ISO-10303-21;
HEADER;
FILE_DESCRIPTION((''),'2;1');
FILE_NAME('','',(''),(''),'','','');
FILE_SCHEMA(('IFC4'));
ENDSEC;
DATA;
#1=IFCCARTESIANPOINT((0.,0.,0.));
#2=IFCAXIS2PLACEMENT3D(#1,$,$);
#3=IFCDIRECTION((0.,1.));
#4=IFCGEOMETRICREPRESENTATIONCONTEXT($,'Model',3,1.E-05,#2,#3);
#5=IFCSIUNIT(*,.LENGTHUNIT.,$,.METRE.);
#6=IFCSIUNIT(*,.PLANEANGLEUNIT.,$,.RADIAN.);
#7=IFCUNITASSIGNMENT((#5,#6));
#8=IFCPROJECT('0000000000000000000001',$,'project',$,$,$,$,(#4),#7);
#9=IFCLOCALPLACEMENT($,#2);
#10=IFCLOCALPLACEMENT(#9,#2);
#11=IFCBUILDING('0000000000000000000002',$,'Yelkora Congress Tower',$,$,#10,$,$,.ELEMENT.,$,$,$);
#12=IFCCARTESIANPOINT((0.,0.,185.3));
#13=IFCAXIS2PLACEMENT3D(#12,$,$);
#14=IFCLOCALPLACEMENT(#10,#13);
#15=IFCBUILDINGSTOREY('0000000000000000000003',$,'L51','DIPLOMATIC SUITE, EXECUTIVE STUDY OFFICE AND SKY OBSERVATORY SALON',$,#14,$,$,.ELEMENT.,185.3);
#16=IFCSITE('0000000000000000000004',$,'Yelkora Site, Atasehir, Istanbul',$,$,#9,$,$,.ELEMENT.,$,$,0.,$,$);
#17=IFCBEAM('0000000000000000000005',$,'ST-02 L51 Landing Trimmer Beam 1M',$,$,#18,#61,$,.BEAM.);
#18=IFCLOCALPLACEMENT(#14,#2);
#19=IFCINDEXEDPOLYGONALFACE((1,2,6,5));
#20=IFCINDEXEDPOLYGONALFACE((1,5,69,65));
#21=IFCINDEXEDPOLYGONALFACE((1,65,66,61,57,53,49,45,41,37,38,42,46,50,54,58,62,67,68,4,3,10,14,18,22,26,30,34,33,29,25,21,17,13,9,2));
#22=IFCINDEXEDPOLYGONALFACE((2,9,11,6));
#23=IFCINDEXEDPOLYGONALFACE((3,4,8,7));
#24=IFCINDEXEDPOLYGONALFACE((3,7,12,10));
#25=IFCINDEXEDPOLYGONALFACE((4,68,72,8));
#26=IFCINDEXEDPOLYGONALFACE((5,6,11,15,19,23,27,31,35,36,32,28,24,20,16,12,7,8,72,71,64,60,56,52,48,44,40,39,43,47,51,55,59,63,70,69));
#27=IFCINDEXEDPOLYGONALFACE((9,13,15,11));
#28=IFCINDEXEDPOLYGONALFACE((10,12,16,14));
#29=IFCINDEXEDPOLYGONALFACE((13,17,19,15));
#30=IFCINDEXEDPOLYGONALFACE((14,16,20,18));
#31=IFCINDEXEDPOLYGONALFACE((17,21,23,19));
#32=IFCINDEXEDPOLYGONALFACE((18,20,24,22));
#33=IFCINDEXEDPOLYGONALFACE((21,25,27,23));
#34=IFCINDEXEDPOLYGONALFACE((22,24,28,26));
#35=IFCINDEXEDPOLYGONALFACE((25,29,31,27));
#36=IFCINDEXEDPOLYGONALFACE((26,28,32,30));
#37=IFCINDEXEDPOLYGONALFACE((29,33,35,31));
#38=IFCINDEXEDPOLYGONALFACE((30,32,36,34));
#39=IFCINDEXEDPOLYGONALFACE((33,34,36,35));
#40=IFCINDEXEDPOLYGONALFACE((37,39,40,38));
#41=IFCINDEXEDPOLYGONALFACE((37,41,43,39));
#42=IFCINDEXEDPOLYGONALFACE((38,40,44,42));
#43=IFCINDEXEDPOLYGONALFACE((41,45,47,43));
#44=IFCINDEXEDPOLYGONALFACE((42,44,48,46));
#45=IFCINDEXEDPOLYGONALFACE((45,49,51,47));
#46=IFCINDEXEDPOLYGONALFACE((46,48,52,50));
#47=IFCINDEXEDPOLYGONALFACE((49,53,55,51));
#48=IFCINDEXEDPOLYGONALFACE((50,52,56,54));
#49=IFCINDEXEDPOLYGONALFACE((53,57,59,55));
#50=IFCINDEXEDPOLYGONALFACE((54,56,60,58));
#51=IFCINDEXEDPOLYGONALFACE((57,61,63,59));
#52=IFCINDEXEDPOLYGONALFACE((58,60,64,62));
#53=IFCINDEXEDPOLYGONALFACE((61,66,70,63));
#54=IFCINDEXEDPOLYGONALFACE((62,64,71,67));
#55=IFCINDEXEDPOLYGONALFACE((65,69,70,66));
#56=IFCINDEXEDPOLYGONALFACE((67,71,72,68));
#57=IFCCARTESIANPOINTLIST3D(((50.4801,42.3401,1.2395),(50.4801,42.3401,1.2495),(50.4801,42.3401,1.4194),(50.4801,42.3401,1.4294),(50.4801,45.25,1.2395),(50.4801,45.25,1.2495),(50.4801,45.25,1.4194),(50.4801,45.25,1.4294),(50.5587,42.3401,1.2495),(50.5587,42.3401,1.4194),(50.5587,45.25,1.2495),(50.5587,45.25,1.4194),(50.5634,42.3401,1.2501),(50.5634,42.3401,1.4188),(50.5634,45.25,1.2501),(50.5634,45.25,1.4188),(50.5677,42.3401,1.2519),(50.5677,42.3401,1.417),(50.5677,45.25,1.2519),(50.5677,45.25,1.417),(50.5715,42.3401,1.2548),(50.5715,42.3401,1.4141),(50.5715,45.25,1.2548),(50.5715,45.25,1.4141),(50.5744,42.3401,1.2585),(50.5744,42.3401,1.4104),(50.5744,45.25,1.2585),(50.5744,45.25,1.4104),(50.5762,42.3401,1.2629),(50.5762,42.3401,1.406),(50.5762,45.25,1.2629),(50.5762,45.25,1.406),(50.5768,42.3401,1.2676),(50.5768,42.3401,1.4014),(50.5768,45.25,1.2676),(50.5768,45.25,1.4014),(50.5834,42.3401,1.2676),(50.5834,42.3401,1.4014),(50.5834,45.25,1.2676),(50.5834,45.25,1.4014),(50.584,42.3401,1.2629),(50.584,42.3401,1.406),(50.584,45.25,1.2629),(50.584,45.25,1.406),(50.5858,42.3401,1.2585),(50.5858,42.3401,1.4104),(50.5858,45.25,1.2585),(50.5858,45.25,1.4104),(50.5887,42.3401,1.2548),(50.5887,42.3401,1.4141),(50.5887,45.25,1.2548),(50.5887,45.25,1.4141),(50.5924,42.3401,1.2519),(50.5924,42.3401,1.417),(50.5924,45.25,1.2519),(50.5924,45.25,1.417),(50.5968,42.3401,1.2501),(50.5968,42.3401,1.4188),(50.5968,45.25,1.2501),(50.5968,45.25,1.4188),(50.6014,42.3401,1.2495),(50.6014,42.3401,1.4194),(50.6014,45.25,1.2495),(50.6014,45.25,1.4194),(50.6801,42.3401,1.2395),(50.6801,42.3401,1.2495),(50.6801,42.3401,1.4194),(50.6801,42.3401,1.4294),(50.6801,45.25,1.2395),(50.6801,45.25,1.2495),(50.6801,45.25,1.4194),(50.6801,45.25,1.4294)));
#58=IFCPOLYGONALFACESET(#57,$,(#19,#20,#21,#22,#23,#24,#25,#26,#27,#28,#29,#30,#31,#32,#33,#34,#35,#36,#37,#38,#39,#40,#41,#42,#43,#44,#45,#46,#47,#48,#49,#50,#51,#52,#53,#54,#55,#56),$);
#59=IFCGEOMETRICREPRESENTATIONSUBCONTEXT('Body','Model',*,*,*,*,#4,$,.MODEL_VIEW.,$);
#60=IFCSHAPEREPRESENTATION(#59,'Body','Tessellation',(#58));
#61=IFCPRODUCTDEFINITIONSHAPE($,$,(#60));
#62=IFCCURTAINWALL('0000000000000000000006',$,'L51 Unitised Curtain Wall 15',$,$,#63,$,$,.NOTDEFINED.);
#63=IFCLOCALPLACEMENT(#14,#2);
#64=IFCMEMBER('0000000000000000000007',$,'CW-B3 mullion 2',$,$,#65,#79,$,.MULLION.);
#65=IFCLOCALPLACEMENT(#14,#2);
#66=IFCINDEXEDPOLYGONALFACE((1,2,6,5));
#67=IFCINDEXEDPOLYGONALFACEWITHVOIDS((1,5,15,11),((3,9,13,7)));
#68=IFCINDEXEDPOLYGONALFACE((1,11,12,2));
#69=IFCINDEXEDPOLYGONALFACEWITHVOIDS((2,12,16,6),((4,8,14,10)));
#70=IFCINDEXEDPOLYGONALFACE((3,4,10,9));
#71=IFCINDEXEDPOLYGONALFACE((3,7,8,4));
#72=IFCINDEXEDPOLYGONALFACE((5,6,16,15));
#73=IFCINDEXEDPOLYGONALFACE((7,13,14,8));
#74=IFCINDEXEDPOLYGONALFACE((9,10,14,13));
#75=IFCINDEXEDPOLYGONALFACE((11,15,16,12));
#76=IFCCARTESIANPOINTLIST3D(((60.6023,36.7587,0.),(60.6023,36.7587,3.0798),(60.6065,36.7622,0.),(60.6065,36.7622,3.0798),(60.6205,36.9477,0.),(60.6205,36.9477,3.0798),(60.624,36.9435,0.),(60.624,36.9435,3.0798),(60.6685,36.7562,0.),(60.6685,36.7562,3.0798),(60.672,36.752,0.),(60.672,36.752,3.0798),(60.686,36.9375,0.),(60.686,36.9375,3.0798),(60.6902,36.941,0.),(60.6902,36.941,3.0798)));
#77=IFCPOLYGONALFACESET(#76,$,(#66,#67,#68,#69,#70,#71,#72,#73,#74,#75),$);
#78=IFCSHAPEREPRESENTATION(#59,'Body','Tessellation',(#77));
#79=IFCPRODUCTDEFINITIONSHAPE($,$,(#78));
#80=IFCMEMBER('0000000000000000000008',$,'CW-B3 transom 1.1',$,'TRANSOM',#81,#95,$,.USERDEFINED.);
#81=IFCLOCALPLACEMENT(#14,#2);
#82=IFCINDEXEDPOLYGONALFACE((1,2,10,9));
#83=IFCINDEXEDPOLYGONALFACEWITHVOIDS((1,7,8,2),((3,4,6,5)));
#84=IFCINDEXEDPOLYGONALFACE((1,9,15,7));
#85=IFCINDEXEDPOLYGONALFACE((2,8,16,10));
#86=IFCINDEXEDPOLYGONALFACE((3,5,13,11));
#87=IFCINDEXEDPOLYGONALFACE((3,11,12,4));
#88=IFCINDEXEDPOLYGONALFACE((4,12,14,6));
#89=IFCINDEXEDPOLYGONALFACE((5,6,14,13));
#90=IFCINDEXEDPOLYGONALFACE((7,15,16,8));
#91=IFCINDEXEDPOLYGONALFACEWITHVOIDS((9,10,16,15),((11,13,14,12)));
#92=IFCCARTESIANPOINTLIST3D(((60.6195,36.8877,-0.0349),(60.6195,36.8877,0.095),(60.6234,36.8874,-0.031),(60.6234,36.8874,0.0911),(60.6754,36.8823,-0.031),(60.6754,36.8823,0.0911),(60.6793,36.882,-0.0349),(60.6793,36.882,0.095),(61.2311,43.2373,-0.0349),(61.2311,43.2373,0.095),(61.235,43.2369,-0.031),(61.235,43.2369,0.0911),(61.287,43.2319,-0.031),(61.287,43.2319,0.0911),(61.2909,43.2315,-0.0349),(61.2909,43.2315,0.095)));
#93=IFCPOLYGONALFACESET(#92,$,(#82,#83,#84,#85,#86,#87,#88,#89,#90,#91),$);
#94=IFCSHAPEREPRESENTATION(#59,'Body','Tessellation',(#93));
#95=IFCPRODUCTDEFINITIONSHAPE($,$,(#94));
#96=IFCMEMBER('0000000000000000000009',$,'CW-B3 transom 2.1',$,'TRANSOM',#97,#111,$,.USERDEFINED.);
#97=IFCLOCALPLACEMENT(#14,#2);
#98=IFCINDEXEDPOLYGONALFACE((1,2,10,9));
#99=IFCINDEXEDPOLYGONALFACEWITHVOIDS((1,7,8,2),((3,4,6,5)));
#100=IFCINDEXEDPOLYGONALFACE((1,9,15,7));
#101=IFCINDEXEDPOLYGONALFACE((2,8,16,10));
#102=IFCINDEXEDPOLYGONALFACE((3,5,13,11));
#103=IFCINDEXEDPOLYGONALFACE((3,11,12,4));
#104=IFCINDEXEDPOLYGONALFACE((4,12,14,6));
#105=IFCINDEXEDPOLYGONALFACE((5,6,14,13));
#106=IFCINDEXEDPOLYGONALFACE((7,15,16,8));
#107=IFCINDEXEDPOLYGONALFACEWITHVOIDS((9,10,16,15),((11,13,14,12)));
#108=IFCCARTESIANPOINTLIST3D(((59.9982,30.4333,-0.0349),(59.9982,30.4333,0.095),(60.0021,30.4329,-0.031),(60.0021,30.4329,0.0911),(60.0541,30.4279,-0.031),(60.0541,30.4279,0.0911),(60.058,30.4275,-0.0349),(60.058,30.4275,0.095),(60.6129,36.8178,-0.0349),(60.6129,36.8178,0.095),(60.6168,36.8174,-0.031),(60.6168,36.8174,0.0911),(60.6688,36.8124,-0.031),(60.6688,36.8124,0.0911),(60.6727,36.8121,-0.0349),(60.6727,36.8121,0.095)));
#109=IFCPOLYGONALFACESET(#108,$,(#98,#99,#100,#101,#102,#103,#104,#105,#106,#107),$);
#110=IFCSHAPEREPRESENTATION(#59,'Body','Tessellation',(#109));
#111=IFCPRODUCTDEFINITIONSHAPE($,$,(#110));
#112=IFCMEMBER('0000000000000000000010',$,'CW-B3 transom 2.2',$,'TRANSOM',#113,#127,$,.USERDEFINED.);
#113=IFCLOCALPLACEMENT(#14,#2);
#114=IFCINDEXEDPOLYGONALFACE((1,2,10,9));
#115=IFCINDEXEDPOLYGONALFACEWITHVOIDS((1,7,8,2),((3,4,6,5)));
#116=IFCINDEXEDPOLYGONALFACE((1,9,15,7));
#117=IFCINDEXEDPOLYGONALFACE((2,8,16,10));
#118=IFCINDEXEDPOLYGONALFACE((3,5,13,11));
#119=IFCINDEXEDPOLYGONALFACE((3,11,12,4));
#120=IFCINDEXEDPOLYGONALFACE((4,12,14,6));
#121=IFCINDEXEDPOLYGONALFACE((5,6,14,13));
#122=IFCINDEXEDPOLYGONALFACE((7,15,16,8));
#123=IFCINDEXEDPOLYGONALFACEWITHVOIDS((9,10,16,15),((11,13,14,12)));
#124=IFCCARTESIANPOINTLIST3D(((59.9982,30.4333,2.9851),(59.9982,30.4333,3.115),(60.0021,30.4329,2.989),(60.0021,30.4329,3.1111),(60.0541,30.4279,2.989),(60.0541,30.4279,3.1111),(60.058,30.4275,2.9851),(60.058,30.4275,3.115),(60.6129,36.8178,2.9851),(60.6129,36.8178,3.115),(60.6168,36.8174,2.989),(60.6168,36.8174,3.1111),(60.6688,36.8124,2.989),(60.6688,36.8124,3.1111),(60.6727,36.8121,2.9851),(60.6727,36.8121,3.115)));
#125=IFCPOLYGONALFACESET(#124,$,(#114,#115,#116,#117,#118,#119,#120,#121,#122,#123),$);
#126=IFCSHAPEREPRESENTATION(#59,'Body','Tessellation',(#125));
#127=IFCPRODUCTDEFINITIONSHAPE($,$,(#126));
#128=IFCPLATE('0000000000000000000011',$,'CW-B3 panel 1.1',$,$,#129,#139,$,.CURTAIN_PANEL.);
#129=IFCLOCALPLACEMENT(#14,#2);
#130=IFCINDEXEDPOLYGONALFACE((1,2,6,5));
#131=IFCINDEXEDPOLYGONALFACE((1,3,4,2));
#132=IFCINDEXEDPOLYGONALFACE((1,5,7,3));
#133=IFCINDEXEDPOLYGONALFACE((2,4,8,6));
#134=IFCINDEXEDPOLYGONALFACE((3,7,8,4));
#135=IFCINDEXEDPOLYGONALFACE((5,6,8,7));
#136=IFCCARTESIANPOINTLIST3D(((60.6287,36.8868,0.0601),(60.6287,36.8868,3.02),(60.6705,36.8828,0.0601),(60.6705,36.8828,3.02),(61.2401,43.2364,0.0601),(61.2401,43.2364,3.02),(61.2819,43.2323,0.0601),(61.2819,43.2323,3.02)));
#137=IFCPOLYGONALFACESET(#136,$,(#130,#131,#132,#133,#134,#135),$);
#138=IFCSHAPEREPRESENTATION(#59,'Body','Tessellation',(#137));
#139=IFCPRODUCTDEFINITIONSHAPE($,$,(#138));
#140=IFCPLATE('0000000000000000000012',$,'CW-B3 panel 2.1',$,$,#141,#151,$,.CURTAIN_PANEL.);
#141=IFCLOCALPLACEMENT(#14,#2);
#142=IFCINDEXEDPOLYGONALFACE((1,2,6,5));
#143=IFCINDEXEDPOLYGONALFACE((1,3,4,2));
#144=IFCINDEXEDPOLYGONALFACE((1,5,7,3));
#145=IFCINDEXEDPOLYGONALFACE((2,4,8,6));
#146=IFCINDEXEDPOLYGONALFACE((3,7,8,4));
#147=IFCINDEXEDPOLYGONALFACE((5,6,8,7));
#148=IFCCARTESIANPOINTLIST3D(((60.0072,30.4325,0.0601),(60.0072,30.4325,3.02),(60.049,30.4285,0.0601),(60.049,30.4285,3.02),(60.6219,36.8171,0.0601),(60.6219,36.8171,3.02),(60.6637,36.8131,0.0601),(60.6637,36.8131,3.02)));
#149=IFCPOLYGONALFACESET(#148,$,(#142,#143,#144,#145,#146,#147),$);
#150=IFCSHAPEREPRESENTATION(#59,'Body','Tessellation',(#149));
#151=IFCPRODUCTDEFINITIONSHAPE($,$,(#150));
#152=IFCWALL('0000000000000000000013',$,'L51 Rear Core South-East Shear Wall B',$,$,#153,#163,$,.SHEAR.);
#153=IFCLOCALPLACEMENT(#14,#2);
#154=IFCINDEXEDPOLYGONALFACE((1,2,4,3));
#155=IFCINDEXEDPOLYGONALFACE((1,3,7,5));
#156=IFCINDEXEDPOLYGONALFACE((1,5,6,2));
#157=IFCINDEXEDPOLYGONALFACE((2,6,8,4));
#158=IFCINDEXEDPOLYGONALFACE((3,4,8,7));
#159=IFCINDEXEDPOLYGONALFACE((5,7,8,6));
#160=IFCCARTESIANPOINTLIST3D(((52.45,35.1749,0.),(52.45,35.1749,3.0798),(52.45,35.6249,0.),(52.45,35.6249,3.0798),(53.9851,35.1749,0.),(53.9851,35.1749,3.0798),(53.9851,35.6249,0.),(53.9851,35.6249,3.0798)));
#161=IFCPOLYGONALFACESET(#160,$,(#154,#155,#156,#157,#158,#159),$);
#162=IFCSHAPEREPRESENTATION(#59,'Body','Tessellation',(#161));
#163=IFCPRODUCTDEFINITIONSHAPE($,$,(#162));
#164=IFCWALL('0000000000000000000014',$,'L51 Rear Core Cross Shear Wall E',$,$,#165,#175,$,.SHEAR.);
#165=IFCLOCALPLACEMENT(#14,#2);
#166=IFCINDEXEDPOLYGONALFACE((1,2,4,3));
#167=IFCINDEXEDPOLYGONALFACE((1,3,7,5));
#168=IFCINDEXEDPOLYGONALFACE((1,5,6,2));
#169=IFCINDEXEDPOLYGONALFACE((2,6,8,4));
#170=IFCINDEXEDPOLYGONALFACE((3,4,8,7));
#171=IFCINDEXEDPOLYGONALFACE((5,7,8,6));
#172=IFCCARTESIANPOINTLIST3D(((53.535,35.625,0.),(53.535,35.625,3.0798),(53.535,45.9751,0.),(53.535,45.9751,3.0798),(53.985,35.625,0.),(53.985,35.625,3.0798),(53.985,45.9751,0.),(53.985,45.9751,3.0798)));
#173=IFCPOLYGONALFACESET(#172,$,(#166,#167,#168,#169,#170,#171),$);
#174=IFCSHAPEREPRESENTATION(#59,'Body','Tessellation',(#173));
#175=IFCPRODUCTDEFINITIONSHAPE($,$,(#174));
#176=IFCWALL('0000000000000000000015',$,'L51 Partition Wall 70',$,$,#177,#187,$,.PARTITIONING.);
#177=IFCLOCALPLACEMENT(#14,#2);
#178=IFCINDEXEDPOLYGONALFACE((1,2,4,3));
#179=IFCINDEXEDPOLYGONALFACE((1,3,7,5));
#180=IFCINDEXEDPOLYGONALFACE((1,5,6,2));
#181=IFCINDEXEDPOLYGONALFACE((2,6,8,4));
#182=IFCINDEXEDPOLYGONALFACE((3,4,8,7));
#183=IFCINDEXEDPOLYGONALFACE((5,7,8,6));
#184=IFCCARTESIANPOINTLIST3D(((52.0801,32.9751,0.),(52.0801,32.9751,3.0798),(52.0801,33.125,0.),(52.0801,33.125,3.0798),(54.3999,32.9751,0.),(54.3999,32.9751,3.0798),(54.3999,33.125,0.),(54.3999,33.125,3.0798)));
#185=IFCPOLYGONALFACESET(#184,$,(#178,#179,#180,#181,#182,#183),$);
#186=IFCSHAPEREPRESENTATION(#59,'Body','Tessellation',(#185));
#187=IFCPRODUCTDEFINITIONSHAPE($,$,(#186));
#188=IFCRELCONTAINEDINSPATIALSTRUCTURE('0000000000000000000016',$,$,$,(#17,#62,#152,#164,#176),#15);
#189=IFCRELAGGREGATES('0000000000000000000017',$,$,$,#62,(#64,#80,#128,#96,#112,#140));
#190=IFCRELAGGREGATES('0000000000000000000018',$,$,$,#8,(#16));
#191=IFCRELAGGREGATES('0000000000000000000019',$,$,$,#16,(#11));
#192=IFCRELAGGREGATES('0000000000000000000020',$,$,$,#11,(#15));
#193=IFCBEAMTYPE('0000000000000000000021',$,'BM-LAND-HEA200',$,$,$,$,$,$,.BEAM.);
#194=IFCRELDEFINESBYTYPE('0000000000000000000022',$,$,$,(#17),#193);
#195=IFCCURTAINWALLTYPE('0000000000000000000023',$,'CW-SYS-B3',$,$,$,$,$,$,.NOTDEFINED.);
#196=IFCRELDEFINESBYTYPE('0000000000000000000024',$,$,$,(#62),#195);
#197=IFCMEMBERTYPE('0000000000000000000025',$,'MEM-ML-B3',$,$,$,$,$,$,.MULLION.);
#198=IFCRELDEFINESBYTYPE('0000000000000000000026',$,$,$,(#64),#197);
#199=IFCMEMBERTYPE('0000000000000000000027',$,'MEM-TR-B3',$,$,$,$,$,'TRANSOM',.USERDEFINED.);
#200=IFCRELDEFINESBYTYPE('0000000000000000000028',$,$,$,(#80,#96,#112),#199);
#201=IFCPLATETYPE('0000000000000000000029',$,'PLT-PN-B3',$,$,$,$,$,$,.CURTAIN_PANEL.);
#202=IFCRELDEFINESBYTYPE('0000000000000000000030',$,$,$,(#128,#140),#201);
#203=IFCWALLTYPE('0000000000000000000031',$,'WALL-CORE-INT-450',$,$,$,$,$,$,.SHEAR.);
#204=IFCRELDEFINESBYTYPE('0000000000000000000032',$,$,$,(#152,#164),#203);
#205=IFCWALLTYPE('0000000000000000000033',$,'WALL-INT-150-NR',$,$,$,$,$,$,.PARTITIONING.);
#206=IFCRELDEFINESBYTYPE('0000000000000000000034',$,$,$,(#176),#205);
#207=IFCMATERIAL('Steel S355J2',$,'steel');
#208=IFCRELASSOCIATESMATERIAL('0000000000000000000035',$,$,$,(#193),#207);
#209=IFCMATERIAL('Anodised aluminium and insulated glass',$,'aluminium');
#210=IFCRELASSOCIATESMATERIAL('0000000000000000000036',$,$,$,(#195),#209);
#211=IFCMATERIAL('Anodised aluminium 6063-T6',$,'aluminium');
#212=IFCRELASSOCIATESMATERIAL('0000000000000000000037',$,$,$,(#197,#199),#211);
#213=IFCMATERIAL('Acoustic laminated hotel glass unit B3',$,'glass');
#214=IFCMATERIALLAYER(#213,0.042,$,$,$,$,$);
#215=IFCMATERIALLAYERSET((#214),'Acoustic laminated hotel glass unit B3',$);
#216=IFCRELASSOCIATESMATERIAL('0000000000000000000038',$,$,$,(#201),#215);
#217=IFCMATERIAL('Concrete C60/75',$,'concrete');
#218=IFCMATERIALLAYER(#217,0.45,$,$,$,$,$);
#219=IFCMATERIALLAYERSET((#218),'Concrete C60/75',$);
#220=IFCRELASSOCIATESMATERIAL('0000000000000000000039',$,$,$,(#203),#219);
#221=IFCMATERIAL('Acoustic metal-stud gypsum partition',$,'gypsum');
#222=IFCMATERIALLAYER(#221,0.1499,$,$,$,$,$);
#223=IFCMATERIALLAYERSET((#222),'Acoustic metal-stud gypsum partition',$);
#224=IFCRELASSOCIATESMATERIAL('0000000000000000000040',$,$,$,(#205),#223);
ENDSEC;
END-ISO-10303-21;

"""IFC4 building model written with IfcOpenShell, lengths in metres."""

from ifc_helpers import new_model, si_unit, direction, frame, frame_2d, origin, origin_2d, place, context, subcontext, project, spatial, rectangle, hollow_rectangle, i_section, extrude, material, layer, layer_set, material_profile, profile_set, type_object, element, aggregate, save


model = new_model("IFC4")

# Units and contexts
model_context = context("Model", 3, precision=1e-05, world=origin(), true_north=direction((0.0, 1.0)))
body_context = subcontext(model_context, "Body", "Model", "MODEL_VIEW")
ifc_project = project(units=[si_unit("LENGTHUNIT", "METRE"), si_unit("PLANEANGLEUNIT", "RADIAN")], contexts=[model_context])

# Site, building, storey
site_placement = place(None, origin())
site = spatial("IfcSite", under=ifc_project, at=site_placement, Name="Yelkora Site, Atasehir, Istanbul", CompositionType="ELEMENT", RefElevation=0.0)
building_placement = place(site_placement, origin())
building = spatial("IfcBuilding", under=site, at=building_placement, Name="Yelkora Congress Tower", CompositionType="ELEMENT")
storey_placement = place(building_placement, frame((0.0, 0.0, 185.3)))
storey = spatial("IfcBuildingStorey", under=building, at=storey_placement, Name="L51", Description="DIPLOMATIC SUITE, EXECUTIVE STUDY OFFICE AND SKY OBSERVATORY SALON", CompositionType="ELEMENT", Elevation=185.3)

# Beam
ifc_material_1 = material(Name="Steel S355J2", Category="steel")
ifc_material_profile_1 = material_profile(ifc_material_1, i_section(OverallWidth=0.2, OverallDepth=0.1899, WebThickness=0.0066, FlangeThickness=0.01, FilletRadius=0.0181, at=origin_2d()), Name="HEA 200")
ifc_profile_set_1 = profile_set([ifc_material_profile_1], Name="Steel S355J2")
beam_type_1 = type_object("IfcBeamType", Name="BM-LAND-HEA200", PredefinedType="BEAM", material=ifc_profile_set_1)
beam_1_placement = place(storey_placement, frame((50.5801, 42.3401, 1.3345), z_axis=(0.0, 1.0, 0.0), x_axis=(-1.0, 0.0, 0.0)))
element("IfcBeam", 1, at=beam_1_placement, inside=storey, type_object=beam_type_1, Name="ST-02 L51 Landing Trimmer Beam 1M", PredefinedType="BEAM", context=body_context, shape_type="SweptSolid", body=[
    extrude(i_section(OverallWidth=0.2, OverallDepth=0.1899, WebThickness=0.0066, FlangeThickness=0.01, FilletRadius=0.0181, at=origin_2d()), origin(), (0.0, 0.0, 1.0), 2.9099),
])

# Curtain wall, members, plates
ifc_material_2 = material(Name="Anodised aluminium and insulated glass", Category="aluminium")
curtain_wall_type = type_object("IfcCurtainWallType", Name="CW-SYS-B3", PredefinedType="NOTDEFINED", material=ifc_material_2)
curtain_wall_placement = place(storey_placement, origin())
curtain_wall = element("IfcCurtainWall", 2, at=curtain_wall_placement, inside=storey, type_object=curtain_wall_type, Name="L51 Unitised Curtain Wall 15", PredefinedType="NOTDEFINED")
ifc_material_3 = material(Name="Anodised aluminium 6063-T6", Category="aluminium")
ifc_material_profile_2 = material_profile(ifc_material_3, hollow_rectangle(XDim=0.0701, YDim=0.1899, WallThickness=0.0039, at=origin_2d()), Name="ALU 70x190x4")
ifc_profile_set_2 = profile_set([ifc_material_profile_2], Name="Anodised aluminium 6063-T6")
member_type_1 = type_object("IfcMemberType", Name="MEM-ML-B3", PredefinedType="MULLION", material=ifc_profile_set_2)
member_1_placement = place(storey_placement, frame((60.6462, 36.8499, 0.0), z_axis=(0.0, 0.0, 1.0), x_axis=(0.995397, -0.095842, 0.0)))
member_1 = element("IfcMember", 3, at=member_1_placement, type_object=member_type_1, Name="CW-B3 mullion 2", PredefinedType="MULLION", context=body_context, shape_type="SweptSolid", body=[
    extrude(hollow_rectangle(XDim=0.0701, YDim=0.1899, WallThickness=0.0039, at=origin_2d()), origin(), (0.0, 0.0, 1.0), 3.0798),
])
ifc_material_profile_3 = material_profile(ifc_material_3, hollow_rectangle(XDim=0.0601, YDim=0.1299, WallThickness=0.0039, at=origin_2d()), Name="ALU 60x130x4")
ifc_profile_set_3 = profile_set([ifc_material_profile_3], Name="Anodised aluminium 6063-T6")
member_type_2 = type_object("IfcMemberType", Name="MEM-TR-B3", ElementType="TRANSOM", PredefinedType="USERDEFINED", material=ifc_profile_set_3)
member_2_placement = place(storey_placement, frame((61.261, 43.2344, 0.03), z_axis=(-0.095873, -0.995394, 0.0), x_axis=(0.995394, -0.095873, 0.0)))
member_2 = element("IfcMember", 4, at=member_2_placement, type_object=member_type_2, Name="CW-B3 transom 1.1", ObjectType="TRANSOM", PredefinedType="USERDEFINED", context=body_context, shape_type="SweptSolid", body=[
    extrude(hollow_rectangle(XDim=0.0601, YDim=0.1299, WallThickness=0.0039, at=origin_2d()), origin(), (0.0, 0.0, 1.0), 6.3789),
])
member_3_placement = place(storey_placement, frame((60.6428, 36.8149, 0.03), z_axis=(-0.095844, -0.995396, 0.0), x_axis=(0.995396, -0.095844, 0.0)))
member_3 = element("IfcMember", 5, at=member_3_placement, type_object=member_type_2, Name="CW-B3 transom 2.1", ObjectType="TRANSOM", PredefinedType="USERDEFINED", context=body_context, shape_type="SweptSolid", body=[
    extrude(hollow_rectangle(XDim=0.0601, YDim=0.1299, WallThickness=0.0039, at=origin_2d()), origin(), (0.0, 0.0, 1.0), 6.4141),
])
member_4_placement = place(storey_placement, frame((60.6428, 36.8149, 3.05), z_axis=(-0.095844, -0.995396, 0.0), x_axis=(0.995396, -0.095844, 0.0)))
member_4 = element("IfcMember", 6, at=member_4_placement, type_object=member_type_2, Name="CW-B3 transom 2.2", ObjectType="TRANSOM", PredefinedType="USERDEFINED", context=body_context, shape_type="SweptSolid", body=[
    extrude(hollow_rectangle(XDim=0.0601, YDim=0.1299, WallThickness=0.0039, at=origin_2d()), origin(), (0.0, 0.0, 1.0), 6.4141),
])
ifc_material_4 = material(Name="Acoustic laminated hotel glass unit B3", Category="glass")
ifc_layer_1 = layer(ifc_material_4, 0.042)
ifc_layer_set_1 = layer_set([ifc_layer_1], Name="Acoustic laminated hotel glass unit B3")
plate_type = type_object("IfcPlateType", Name="PLT-PN-B3", PredefinedType="CURTAIN_PANEL", material=ifc_layer_set_1)
plate_1_placement = place(storey_placement, frame((60.9553, 40.0596, 0.0601), z_axis=(0.0, 0.0, 1.0), x_axis=(-0.095842, -0.995397, 0.0)))
plate_1 = element("IfcPlate", 7, at=plate_1_placement, type_object=plate_type, Name="CW-B3 panel 1.1", PredefinedType="CURTAIN_PANEL", context=body_context, shape_type="SweptSolid", body=[
    extrude(rectangle(XDim=6.3789, YDim=0.042, at=origin_2d()), origin(), (0.0, 0.0, 1.0), 2.96),
])
plate_2_placement = place(storey_placement, frame((60.3354, 33.6228, 0.0601), z_axis=(0.0, 0.0, 1.0), x_axis=(-0.095842, -0.995397, 0.0)))
plate_2 = element("IfcPlate", 8, at=plate_2_placement, type_object=plate_type, Name="CW-B3 panel 2.1", PredefinedType="CURTAIN_PANEL", context=body_context, shape_type="SweptSolid", body=[
    extrude(rectangle(XDim=6.4141, YDim=0.042, at=origin_2d()), origin(), (0.0, 0.0, 1.0), 2.96),
])
aggregate(curtain_wall, [member_1, member_2, plate_1, member_3, member_4, plate_2])

# Walls
ifc_material_5 = material(Name="Concrete C60/75", Category="concrete")
ifc_layer_2 = layer(ifc_material_5, 0.45)
ifc_layer_set_2 = layer_set([ifc_layer_2], Name="Concrete C60/75")
wall_type_1 = type_object("IfcWallType", Name="WALL-CORE-INT-450", PredefinedType="SHEAR", material=ifc_layer_set_2)
wall_1_placement = place(storey_placement, frame((52.45, 35.3999, 0.0), z_axis=(0.0, 0.0, 1.0), x_axis=(1.0, 0.0, 0.0)))
element("IfcWall", 9, at=wall_1_placement, inside=storey, type_object=wall_type_1, Name="L51 Rear Core South-East Shear Wall B", PredefinedType="SHEAR", context=body_context, shape_type="SweptSolid", body=[
    extrude(rectangle(XDim=1.5352, YDim=0.45, at=frame_2d((0.7676, 0.0))), origin(), (0.0, 0.0, 1.0), 3.0798),
])
wall_2_placement = place(storey_placement, frame((53.76, 35.625, 0.0), z_axis=(0.0, 0.0, 1.0), x_axis=(0.0, 1.0, 0.0)))
element("IfcWall", 10, at=wall_2_placement, inside=storey, type_object=wall_type_1, Name="L51 Rear Core Cross Shear Wall E", PredefinedType="SHEAR", context=body_context, shape_type="SweptSolid", body=[
    extrude(rectangle(XDim=10.3501, YDim=0.45, at=frame_2d((5.175, 0.0))), origin(), (0.0, 0.0, 1.0), 3.0798),
])
ifc_material_6 = material(Name="Acoustic metal-stud gypsum partition", Category="gypsum")
ifc_layer_3 = layer(ifc_material_6, 0.1499)
ifc_layer_set_3 = layer_set([ifc_layer_3], Name="Acoustic metal-stud gypsum partition")
wall_type_2 = type_object("IfcWallType", Name="WALL-INT-150-NR", PredefinedType="PARTITIONING", material=ifc_layer_set_3)
wall_3_placement = place(storey_placement, frame((52.0801, 33.05, 0.0), z_axis=(0.0, 0.0, 1.0), x_axis=(1.0, 0.0, 0.0)))
element("IfcWall", 11, at=wall_3_placement, inside=storey, type_object=wall_type_2, Name="L51 Partition Wall 70", PredefinedType="PARTITIONING", context=body_context, shape_type="SweptSolid", body=[
    extrude(rectangle(XDim=2.3198, YDim=0.1499, at=frame_2d((1.1599, 0.0))), origin(), (0.0, 0.0, 1.0), 3.0798),
])

save(model, "model.ifc")
